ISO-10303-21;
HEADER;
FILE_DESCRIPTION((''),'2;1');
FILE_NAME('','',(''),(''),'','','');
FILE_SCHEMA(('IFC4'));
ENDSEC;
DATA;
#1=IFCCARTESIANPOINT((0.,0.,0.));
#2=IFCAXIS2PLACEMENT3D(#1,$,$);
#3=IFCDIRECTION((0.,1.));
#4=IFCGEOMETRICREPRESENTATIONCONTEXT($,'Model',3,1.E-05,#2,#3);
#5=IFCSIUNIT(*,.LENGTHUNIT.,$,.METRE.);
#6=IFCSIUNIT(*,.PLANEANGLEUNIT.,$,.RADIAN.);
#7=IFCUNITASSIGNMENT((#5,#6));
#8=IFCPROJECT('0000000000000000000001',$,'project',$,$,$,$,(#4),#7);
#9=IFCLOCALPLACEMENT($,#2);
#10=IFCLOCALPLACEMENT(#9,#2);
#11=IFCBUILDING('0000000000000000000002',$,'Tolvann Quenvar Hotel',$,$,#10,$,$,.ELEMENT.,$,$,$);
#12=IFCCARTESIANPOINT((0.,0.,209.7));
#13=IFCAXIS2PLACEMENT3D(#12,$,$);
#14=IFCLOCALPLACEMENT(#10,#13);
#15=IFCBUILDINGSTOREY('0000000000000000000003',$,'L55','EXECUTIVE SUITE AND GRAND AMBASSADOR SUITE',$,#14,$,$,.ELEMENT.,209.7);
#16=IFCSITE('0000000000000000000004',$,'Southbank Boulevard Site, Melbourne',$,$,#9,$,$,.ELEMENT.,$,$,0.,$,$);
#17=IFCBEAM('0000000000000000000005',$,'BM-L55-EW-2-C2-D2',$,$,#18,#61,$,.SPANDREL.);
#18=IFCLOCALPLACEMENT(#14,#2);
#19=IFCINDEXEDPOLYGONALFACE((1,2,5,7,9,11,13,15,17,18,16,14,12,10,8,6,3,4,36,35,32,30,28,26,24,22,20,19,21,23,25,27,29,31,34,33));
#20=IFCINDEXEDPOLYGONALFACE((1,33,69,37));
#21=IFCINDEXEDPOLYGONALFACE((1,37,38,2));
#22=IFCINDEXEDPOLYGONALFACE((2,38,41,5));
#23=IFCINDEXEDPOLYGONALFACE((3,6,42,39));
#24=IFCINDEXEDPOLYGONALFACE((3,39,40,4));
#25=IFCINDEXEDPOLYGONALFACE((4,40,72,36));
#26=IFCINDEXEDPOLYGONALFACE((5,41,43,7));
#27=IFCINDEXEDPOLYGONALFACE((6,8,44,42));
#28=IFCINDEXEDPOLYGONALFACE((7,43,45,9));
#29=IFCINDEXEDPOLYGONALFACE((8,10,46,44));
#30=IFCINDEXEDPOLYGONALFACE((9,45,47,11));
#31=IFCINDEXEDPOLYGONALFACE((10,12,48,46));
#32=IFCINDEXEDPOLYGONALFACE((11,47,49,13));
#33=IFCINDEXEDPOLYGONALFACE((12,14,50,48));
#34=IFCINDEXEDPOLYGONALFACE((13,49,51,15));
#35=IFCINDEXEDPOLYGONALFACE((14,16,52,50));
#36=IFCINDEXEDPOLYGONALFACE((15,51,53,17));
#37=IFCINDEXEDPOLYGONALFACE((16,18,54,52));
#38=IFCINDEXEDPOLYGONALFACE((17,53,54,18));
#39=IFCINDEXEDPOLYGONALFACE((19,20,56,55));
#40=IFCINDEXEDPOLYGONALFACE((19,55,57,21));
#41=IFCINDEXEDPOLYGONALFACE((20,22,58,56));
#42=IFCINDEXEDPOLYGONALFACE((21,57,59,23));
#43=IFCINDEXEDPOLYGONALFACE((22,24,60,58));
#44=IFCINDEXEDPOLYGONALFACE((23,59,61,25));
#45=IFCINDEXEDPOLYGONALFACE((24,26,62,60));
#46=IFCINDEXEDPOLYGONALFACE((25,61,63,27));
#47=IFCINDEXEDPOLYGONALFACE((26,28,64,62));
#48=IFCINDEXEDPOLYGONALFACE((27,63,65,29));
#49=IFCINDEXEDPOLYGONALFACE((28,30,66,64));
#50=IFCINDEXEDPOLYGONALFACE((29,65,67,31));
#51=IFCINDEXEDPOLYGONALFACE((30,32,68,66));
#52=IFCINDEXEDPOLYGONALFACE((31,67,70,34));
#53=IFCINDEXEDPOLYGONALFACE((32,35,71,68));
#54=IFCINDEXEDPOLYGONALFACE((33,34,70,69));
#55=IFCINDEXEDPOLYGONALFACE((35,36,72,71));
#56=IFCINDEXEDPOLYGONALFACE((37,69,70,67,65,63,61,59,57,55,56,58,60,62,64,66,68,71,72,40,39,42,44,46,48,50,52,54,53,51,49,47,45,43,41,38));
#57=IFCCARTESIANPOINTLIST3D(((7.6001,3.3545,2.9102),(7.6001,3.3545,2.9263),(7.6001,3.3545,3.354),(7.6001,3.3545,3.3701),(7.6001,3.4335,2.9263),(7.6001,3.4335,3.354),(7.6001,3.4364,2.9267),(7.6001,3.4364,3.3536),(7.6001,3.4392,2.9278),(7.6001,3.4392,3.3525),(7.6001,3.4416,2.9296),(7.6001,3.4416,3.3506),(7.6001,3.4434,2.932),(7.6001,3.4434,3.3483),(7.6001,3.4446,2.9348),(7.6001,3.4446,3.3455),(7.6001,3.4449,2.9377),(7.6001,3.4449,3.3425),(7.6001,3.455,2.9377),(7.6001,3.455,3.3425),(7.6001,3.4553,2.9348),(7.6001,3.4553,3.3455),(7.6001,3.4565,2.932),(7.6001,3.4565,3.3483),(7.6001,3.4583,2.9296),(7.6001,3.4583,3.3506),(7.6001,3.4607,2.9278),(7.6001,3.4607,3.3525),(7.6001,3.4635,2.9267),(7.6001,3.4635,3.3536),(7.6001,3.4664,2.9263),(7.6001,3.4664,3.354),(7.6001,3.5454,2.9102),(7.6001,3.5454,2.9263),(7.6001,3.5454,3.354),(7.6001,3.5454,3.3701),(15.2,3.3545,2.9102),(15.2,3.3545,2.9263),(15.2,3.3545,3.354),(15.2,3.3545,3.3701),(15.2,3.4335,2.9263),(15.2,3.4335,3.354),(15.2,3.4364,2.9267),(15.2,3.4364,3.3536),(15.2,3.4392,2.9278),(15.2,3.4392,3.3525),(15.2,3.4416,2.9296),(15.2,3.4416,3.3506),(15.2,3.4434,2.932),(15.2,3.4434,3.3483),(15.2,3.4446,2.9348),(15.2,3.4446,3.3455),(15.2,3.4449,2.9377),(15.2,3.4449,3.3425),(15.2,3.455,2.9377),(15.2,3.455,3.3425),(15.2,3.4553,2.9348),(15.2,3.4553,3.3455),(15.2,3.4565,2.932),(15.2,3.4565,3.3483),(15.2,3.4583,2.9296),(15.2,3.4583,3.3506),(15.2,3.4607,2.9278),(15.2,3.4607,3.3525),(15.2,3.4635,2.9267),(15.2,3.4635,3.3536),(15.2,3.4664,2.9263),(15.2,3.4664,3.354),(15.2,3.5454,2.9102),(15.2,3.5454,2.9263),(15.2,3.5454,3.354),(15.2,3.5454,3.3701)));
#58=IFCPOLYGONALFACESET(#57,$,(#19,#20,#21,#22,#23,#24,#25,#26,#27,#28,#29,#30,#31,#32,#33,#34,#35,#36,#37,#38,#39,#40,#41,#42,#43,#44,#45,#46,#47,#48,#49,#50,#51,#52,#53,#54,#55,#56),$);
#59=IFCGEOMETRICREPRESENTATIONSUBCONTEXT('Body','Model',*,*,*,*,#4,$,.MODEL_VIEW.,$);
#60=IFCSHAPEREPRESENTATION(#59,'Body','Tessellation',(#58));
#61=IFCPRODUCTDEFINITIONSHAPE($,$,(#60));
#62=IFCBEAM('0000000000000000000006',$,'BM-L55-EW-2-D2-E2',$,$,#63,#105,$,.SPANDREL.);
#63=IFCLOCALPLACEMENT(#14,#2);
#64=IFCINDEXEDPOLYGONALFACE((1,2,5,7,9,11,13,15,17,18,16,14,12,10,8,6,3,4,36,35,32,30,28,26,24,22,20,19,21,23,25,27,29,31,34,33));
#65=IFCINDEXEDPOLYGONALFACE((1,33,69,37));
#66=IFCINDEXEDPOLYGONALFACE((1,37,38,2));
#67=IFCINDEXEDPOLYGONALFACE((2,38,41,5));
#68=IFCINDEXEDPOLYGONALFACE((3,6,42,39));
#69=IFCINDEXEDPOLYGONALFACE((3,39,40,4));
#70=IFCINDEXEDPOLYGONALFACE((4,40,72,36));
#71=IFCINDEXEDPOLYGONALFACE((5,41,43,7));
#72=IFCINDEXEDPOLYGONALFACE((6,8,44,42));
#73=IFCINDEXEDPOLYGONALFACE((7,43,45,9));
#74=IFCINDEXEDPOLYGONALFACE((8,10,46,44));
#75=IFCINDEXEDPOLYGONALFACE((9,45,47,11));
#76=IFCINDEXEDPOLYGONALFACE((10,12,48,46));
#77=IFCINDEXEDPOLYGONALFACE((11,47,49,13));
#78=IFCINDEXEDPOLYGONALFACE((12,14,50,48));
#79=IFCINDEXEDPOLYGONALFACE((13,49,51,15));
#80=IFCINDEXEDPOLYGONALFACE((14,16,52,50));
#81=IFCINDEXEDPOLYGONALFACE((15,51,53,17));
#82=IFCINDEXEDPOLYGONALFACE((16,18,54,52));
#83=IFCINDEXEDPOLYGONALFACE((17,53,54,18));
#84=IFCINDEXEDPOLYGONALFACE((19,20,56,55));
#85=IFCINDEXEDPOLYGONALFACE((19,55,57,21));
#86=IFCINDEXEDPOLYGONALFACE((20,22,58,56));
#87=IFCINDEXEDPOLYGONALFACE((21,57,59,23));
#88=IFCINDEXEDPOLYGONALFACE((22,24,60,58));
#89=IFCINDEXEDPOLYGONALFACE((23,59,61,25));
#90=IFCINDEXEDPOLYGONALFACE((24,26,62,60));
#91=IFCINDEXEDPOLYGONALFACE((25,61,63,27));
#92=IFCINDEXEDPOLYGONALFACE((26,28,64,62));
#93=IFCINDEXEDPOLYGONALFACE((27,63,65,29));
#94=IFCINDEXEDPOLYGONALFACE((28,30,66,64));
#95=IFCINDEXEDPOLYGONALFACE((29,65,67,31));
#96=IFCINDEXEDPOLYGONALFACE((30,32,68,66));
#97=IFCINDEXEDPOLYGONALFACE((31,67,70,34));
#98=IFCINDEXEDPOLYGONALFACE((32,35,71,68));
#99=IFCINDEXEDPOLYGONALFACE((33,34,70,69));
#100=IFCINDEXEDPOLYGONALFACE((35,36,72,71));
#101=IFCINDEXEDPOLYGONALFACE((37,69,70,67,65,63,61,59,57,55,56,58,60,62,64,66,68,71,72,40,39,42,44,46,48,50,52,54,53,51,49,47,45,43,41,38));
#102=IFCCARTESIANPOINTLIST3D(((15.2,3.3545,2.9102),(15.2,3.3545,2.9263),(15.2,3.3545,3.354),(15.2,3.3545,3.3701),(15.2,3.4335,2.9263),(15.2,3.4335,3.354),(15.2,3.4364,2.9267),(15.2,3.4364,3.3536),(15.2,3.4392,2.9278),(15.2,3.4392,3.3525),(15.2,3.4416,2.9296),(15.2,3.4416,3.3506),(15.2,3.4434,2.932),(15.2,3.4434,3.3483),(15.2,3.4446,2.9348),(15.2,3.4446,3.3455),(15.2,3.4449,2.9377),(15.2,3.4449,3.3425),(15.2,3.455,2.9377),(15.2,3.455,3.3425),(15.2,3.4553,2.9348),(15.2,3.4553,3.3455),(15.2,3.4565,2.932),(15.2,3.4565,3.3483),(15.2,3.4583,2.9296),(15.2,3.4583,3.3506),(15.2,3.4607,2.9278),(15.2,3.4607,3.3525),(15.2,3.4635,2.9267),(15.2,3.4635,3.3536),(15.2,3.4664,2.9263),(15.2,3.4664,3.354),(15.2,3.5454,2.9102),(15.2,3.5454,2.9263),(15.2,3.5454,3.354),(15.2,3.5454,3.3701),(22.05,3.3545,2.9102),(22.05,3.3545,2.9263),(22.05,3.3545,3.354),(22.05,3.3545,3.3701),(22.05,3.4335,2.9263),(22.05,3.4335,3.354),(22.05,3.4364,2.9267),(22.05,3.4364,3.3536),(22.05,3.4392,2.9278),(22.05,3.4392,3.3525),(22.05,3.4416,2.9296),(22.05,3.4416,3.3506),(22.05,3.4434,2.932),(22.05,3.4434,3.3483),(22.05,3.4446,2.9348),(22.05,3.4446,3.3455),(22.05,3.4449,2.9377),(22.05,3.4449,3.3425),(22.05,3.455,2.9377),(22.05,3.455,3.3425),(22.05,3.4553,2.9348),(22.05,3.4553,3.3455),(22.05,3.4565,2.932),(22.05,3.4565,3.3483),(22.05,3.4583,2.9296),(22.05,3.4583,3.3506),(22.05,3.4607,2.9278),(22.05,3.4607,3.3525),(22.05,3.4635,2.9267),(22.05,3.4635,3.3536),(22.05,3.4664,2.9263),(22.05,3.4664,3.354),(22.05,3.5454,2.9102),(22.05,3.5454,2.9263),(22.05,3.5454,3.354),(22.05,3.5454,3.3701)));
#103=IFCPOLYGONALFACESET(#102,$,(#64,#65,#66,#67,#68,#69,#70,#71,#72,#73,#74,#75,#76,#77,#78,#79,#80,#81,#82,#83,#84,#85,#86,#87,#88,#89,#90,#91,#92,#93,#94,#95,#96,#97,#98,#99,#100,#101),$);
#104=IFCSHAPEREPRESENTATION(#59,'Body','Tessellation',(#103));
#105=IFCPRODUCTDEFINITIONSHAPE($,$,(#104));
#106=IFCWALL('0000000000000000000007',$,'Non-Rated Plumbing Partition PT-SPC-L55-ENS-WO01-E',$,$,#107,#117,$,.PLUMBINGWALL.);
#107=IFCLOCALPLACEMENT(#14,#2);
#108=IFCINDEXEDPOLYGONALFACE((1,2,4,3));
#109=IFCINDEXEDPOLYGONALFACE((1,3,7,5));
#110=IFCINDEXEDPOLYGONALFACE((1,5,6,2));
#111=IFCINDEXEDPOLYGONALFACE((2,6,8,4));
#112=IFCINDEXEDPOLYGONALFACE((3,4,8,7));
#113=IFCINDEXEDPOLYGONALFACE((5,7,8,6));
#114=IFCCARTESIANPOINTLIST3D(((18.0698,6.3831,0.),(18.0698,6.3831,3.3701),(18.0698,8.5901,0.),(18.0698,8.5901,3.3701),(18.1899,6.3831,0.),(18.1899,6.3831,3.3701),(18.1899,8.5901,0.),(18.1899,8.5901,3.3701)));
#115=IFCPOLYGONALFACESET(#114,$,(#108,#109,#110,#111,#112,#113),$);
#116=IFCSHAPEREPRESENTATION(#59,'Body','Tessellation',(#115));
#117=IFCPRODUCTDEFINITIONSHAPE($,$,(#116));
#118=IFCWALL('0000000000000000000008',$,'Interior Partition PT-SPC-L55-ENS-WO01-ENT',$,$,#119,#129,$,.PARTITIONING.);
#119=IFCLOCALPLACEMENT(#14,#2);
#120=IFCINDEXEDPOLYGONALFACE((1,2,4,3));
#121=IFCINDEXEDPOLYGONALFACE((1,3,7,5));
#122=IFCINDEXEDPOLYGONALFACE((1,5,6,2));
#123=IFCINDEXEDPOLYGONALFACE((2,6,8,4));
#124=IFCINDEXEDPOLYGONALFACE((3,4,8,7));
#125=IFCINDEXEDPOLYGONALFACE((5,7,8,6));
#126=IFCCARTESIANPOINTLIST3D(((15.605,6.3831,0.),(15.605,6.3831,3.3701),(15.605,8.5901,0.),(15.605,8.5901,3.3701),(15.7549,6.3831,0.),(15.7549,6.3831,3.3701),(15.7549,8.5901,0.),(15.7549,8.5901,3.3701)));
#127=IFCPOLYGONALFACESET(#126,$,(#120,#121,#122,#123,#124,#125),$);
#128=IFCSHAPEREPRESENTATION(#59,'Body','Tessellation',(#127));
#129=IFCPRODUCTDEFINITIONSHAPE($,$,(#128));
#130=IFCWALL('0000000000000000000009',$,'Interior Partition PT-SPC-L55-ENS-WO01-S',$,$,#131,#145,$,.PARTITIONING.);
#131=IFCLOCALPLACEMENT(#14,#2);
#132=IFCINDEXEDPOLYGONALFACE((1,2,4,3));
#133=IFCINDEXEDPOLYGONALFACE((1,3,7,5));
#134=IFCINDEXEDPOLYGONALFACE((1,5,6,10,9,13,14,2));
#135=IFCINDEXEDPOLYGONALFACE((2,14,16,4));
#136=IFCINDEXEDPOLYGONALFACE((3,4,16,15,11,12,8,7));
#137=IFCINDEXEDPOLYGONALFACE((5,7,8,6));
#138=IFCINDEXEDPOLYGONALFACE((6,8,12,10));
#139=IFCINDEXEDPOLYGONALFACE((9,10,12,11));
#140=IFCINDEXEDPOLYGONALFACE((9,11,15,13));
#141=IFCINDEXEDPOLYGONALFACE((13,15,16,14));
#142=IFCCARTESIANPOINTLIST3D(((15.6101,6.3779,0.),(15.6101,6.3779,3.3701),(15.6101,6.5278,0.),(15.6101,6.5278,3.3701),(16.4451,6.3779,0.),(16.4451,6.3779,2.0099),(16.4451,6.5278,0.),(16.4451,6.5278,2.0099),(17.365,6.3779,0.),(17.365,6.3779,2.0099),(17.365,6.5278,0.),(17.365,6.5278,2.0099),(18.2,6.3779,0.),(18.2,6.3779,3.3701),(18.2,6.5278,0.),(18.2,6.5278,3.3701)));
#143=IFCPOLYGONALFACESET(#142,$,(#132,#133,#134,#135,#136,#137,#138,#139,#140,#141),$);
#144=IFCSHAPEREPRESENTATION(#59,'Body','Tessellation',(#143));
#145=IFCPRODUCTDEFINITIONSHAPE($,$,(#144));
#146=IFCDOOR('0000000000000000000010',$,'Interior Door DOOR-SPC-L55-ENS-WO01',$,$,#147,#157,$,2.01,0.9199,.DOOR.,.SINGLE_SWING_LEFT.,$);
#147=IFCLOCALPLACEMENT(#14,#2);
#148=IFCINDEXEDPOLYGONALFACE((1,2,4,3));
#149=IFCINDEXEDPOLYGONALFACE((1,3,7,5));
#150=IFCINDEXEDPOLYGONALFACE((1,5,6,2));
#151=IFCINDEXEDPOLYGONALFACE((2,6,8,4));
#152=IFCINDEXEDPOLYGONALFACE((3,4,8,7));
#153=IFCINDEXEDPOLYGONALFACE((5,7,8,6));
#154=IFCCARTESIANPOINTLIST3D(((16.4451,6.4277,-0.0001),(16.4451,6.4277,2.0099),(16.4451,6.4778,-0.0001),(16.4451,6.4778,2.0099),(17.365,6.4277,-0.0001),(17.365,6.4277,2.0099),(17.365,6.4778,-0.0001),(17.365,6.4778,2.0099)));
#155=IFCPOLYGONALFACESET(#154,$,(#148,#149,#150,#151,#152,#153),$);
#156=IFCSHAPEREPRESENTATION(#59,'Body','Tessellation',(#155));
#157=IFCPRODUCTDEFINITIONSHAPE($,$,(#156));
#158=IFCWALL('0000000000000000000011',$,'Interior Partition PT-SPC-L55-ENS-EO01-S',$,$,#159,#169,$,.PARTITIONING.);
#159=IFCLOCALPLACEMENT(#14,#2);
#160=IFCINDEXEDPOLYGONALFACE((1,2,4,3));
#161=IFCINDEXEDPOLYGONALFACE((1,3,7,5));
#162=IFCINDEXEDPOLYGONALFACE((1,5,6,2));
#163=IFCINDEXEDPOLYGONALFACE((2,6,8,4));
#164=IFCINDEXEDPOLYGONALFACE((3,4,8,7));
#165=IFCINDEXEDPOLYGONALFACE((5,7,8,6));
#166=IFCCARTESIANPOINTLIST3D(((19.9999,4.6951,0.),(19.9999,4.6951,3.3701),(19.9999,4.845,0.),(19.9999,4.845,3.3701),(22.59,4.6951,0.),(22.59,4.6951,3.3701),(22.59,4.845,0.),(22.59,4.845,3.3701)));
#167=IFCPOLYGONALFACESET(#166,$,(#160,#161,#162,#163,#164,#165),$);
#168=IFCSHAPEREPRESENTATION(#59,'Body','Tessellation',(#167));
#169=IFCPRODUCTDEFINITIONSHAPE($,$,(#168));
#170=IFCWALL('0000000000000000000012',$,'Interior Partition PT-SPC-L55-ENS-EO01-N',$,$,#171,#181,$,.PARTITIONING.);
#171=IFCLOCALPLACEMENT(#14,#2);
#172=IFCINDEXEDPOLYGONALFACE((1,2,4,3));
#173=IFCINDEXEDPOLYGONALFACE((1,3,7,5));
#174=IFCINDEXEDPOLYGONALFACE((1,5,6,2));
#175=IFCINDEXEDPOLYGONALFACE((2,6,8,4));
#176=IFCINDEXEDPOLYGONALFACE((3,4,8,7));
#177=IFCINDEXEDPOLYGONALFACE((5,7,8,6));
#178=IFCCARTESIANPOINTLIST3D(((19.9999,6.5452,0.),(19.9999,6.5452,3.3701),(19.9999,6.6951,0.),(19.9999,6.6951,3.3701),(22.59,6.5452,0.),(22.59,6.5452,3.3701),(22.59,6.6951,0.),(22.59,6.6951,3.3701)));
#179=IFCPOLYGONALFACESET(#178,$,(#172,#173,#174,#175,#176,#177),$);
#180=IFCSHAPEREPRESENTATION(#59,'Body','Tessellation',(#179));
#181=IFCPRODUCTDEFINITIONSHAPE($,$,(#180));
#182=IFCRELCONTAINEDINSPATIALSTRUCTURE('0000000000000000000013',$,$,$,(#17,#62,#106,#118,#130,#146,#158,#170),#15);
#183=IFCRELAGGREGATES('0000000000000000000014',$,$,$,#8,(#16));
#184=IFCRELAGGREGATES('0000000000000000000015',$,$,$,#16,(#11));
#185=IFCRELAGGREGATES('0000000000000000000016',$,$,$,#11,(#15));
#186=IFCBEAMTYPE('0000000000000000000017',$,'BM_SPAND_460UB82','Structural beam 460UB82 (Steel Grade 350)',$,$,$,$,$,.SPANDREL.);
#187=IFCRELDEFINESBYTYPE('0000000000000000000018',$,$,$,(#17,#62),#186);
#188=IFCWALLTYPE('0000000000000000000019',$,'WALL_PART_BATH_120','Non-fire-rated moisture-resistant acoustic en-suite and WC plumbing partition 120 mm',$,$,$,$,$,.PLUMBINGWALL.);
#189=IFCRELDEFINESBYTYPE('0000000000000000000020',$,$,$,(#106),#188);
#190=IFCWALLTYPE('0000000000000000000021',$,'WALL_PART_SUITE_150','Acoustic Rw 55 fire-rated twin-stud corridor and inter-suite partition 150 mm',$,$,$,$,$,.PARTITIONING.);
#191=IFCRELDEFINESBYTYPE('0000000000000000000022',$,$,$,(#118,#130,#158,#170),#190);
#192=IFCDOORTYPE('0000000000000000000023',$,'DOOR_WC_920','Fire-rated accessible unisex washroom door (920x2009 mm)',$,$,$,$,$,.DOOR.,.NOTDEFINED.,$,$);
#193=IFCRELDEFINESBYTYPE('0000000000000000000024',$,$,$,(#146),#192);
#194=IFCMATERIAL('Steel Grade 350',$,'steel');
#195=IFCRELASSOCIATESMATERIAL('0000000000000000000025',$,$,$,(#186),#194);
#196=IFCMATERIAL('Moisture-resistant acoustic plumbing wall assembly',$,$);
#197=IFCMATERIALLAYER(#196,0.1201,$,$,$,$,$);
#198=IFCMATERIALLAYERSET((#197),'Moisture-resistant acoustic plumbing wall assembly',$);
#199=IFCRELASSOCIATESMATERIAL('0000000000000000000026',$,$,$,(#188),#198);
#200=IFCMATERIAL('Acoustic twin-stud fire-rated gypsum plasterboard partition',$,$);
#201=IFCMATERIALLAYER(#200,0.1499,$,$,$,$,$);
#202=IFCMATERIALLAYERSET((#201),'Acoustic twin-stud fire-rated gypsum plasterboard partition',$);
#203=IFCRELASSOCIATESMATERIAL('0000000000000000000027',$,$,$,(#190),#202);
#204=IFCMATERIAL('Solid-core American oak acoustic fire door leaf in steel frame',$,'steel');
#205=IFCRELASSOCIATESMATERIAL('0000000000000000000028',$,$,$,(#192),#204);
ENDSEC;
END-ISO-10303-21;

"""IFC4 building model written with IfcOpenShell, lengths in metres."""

from ifc_helpers import new_model, si_unit, direction, frame, frame_2d, origin, origin_2d, place, context, subcontext, project, spatial, rectangle, i_section, extrude, source, transform, mapped, material, layer, layer_set, material_profile, profile_set, type_object, type_shapes, element, fill, save


model = new_model("IFC4")

# Units and contexts
model_context = context("Model", 3, precision=1e-05, world=origin(), true_north=direction((0.0, 1.0)))
body_context = subcontext(model_context, "Body", "Model", "MODEL_VIEW")
ifc_project = project(units=[si_unit("LENGTHUNIT", "METRE"), si_unit("PLANEANGLEUNIT", "RADIAN")], contexts=[model_context])

# Site, building, storey
site_placement = place(None, origin())
site = spatial("IfcSite", under=ifc_project, at=site_placement, Name="Southbank Boulevard Site, Melbourne", CompositionType="ELEMENT", RefElevation=0.0)
building_placement = place(site_placement, origin())
building = spatial("IfcBuilding", under=site, at=building_placement, Name="Tolvann Quenvar Hotel", CompositionType="ELEMENT")
storey_placement = place(building_placement, frame((0.0, 0.0, 209.7)))
storey = spatial("IfcBuildingStorey", under=building, at=storey_placement, Name="L55", Description="EXECUTIVE SUITE AND GRAND AMBASSADOR SUITE", CompositionType="ELEMENT", Elevation=209.7)

# Shared definitions
ifc_material_1 = material(Name="Steel Grade 350", Category="steel")

# Beams
ifc_material_profile_1 = material_profile(ifc_material_1, i_section(OverallWidth=0.1909, OverallDepth=0.46, WebThickness=0.01, FlangeThickness=0.0161, FilletRadius=0.0115, at=origin_2d()), Name="460UB82")
ifc_profile_set_1 = profile_set([ifc_material_profile_1], Name="Steel Grade 350")
beam_type_1 = type_object("IfcBeamType", Name="BM_SPAND_460UB82", Description="Structural beam 460UB82 (Steel Grade 350)", PredefinedType="SPANDREL", material=ifc_profile_set_1)
shared_shape_1 = source(origin(), body_context, "Body", "SweptSolid", [
    extrude(i_section(OverallWidth=0.1909, OverallDepth=0.46, WebThickness=0.01, FlangeThickness=0.0161, FilletRadius=0.0115, at=origin_2d()), origin(), (0.0, 0.0, 1.0), 7.5999),
])
beam_1_placement = place(storey_placement, frame((7.6001, 3.45, 3.1401), z_axis=(1.0, 0.0, 0.0), x_axis=(0.0, 1.0, 0.0)))
element("IfcBeam", 1, at=beam_1_placement, inside=storey, type_object=beam_type_1, Name="BM-L55-EW-2-C2-D2", PredefinedType="SPANDREL", context=body_context, shape_type="MappedRepresentation", body=[
    mapped(shared_shape_1, transform((0.0, 0.0, 0.0), x_axis=(1.0, 0.0, 0.0), y_axis=(0.0, 1.0, 0.0), z_axis=(0.0, 0.0, 1.0), scale=1.0)),
])
shared_shape_2 = source(origin(), body_context, "Body", "SweptSolid", [
    extrude(i_section(OverallWidth=0.1909, OverallDepth=0.46, WebThickness=0.01, FlangeThickness=0.0161, FilletRadius=0.0115, at=origin_2d()), origin(), (0.0, 0.0, 1.0), 6.8501),
])
type_shapes(beam_type_1, [shared_shape_1, shared_shape_2])
beam_2_placement = place(storey_placement, frame((15.2, 3.45, 3.1401), z_axis=(1.0, 0.0, 0.0), x_axis=(0.0, 1.0, 0.0)))
element("IfcBeam", 2, at=beam_2_placement, inside=storey, type_object=beam_type_1, Name="BM-L55-EW-2-D2-E2", PredefinedType="SPANDREL", context=body_context, shape_type="MappedRepresentation", body=[
    mapped(shared_shape_2, transform((0.0, 0.0, 0.0), x_axis=(1.0, 0.0, 0.0), y_axis=(0.0, 1.0, 0.0), z_axis=(0.0, 0.0, 1.0), scale=1.0)),
])

# Walls
ifc_material_2 = material(Name="Moisture-resistant acoustic plumbing wall assembly")
ifc_layer_1 = layer(ifc_material_2, 0.1201)
ifc_layer_set_1 = layer_set([ifc_layer_1], Name="Moisture-resistant acoustic plumbing wall assembly")
wall_type_1 = type_object("IfcWallType", Name="WALL_PART_BATH_120", Description="Non-fire-rated moisture-resistant acoustic en-suite and WC plumbing partition 120 mm", PredefinedType="PLUMBINGWALL", material=ifc_layer_set_1)
wall_1_placement = place(storey_placement, frame((18.1299, 6.3831, 0.0), z_axis=(0.0, 0.0, 1.0), x_axis=(0.0, 1.0, 0.0)))
element("IfcWall", 3, at=wall_1_placement, inside=storey, type_object=wall_type_1, Name="Non-Rated Plumbing Partition PT-SPC-L55-ENS-WO01-E", PredefinedType="PLUMBINGWALL", context=body_context, shape_type="SweptSolid", body=[
    extrude(rectangle(XDim=2.207, YDim=0.1201, at=frame_2d((1.1035, 0.0))), origin(), (0.0, 0.0, 1.0), 3.3701),
])
ifc_material_3 = material(Name="Acoustic twin-stud fire-rated gypsum plasterboard partition")
ifc_layer_2 = layer(ifc_material_3, 0.1499)
ifc_layer_set_2 = layer_set([ifc_layer_2], Name="Acoustic twin-stud fire-rated gypsum plasterboard partition")
wall_type_2 = type_object("IfcWallType", Name="WALL_PART_SUITE_150", Description="Acoustic Rw 55 fire-rated twin-stud corridor and inter-suite partition 150 mm", PredefinedType="PARTITIONING", material=ifc_layer_set_2)
wall_2_placement = place(storey_placement, frame((15.6799, 6.3831, 0.0), z_axis=(0.0, 0.0, 1.0), x_axis=(0.0, 1.0, 0.0)))
element("IfcWall", 4, at=wall_2_placement, inside=storey, type_object=wall_type_2, Name="Interior Partition PT-SPC-L55-ENS-WO01-ENT", PredefinedType="PARTITIONING", context=body_context, shape_type="SweptSolid", body=[
    extrude(rectangle(XDim=2.207, YDim=0.1499, at=frame_2d((1.1035, 0.0))), origin(), (0.0, 0.0, 1.0), 3.3701),
])

# Wall, opening, door
wall_3_placement = place(storey_placement, frame((15.6101, 6.4529, 0.0), z_axis=(0.0, 0.0, 1.0), x_axis=(1.0, 0.0, 0.0)))
wall_3 = element("IfcWall", 5, at=wall_3_placement, inside=storey, type_object=wall_type_2, Name="Interior Partition PT-SPC-L55-ENS-WO01-S", PredefinedType="PARTITIONING", context=body_context, shape_type="SweptSolid", body=[
    extrude(rectangle(XDim=2.5898, YDim=0.1499, at=frame_2d((1.2949, 0.0))), origin(), (0.0, 0.0, 1.0), 3.3701),
])
opening_1_placement = place(wall_3_placement, frame((0.835, 0.0, 0.0)))
opening_1 = element("IfcOpeningElement", 6, at=opening_1_placement, cuts=wall_3, PredefinedType="OPENING", context=body_context, shape_type="SweptSolid", body=[
    extrude(rectangle(XDim=0.9199, YDim=2.01, at=frame_2d((0.46, 1.0049))), frame((0.0, 0.085, 0.0), z_axis=(0.0, -1.0, 0.0), x_axis=(1.0, 0.0, 0.0)), (0.0, 0.0, 1.0), 0.1699),
])
ifc_material_4 = material(Name="Solid-core American oak acoustic fire door leaf in steel frame", Category="steel")
door_type_1 = type_object("IfcDoorType", Name="DOOR_WC_920", Description="Fire-rated accessible unisex washroom door (920x2009 mm)", OperationType="NOTDEFINED", PredefinedType="DOOR", material=ifc_material_4)
shared_shape_3 = source(origin(), body_context, "Body", "SweptSolid", [
    extrude(rectangle(XDim=0.9199, YDim=2.01, at=frame_2d((0.46, 1.0049))), frame((0.0, 0.0249, 0.0), z_axis=(0.0, -1.0, 0.0), x_axis=(1.0, 0.0, 0.0)), (0.0, 0.0, 1.0), 0.05),
])
type_shapes(door_type_1, [shared_shape_3])
door_1_placement = place(opening_1_placement, origin())
door_1 = element("IfcDoor", 7, at=door_1_placement, inside=storey, type_object=door_type_1, Name="Interior Door DOOR-SPC-L55-ENS-WO01", OperationType="SINGLE_SWING_LEFT", OverallHeight=2.01, OverallWidth=0.9199, PredefinedType="DOOR", context=body_context, shape_type="MappedRepresentation", body=[
    mapped(shared_shape_3, transform((0.0, 0.0, 0.0), x_axis=(1.0, 0.0, 0.0), y_axis=(0.0, 1.0, 0.0), z_axis=(0.0, 0.0, 1.0), scale=1.0)),
])
fill(opening_1, door_1)

# Walls
for number, where, z_axis, x_axis, name in (
    (8, (20.0, 4.77, 0.0), (0.0, 0.0, 1.0), (1.0, 0.0, 0.0), "Interior Partition PT-SPC-L55-ENS-EO01-S"),
    (9, (20.0, 6.6201, 0.0), (0.0, 0.0, 1.0), (1.0, 0.0, 0.0), "Interior Partition PT-SPC-L55-ENS-EO01-N"),
):
    element("IfcWall", number, at=place(storey_placement, frame(where, z_axis=z_axis, x_axis=x_axis)), inside=storey, type_object=wall_type_2, Name=name, PredefinedType="PARTITIONING", context=body_context, shape_type="SweptSolid", body=[
        extrude(rectangle(XDim=2.5901, YDim=0.1499, at=frame_2d((1.2949, 0.0))), origin(), (0.0, 0.0, 1.0), 3.3701),
    ])

save(model, "model.ifc")
